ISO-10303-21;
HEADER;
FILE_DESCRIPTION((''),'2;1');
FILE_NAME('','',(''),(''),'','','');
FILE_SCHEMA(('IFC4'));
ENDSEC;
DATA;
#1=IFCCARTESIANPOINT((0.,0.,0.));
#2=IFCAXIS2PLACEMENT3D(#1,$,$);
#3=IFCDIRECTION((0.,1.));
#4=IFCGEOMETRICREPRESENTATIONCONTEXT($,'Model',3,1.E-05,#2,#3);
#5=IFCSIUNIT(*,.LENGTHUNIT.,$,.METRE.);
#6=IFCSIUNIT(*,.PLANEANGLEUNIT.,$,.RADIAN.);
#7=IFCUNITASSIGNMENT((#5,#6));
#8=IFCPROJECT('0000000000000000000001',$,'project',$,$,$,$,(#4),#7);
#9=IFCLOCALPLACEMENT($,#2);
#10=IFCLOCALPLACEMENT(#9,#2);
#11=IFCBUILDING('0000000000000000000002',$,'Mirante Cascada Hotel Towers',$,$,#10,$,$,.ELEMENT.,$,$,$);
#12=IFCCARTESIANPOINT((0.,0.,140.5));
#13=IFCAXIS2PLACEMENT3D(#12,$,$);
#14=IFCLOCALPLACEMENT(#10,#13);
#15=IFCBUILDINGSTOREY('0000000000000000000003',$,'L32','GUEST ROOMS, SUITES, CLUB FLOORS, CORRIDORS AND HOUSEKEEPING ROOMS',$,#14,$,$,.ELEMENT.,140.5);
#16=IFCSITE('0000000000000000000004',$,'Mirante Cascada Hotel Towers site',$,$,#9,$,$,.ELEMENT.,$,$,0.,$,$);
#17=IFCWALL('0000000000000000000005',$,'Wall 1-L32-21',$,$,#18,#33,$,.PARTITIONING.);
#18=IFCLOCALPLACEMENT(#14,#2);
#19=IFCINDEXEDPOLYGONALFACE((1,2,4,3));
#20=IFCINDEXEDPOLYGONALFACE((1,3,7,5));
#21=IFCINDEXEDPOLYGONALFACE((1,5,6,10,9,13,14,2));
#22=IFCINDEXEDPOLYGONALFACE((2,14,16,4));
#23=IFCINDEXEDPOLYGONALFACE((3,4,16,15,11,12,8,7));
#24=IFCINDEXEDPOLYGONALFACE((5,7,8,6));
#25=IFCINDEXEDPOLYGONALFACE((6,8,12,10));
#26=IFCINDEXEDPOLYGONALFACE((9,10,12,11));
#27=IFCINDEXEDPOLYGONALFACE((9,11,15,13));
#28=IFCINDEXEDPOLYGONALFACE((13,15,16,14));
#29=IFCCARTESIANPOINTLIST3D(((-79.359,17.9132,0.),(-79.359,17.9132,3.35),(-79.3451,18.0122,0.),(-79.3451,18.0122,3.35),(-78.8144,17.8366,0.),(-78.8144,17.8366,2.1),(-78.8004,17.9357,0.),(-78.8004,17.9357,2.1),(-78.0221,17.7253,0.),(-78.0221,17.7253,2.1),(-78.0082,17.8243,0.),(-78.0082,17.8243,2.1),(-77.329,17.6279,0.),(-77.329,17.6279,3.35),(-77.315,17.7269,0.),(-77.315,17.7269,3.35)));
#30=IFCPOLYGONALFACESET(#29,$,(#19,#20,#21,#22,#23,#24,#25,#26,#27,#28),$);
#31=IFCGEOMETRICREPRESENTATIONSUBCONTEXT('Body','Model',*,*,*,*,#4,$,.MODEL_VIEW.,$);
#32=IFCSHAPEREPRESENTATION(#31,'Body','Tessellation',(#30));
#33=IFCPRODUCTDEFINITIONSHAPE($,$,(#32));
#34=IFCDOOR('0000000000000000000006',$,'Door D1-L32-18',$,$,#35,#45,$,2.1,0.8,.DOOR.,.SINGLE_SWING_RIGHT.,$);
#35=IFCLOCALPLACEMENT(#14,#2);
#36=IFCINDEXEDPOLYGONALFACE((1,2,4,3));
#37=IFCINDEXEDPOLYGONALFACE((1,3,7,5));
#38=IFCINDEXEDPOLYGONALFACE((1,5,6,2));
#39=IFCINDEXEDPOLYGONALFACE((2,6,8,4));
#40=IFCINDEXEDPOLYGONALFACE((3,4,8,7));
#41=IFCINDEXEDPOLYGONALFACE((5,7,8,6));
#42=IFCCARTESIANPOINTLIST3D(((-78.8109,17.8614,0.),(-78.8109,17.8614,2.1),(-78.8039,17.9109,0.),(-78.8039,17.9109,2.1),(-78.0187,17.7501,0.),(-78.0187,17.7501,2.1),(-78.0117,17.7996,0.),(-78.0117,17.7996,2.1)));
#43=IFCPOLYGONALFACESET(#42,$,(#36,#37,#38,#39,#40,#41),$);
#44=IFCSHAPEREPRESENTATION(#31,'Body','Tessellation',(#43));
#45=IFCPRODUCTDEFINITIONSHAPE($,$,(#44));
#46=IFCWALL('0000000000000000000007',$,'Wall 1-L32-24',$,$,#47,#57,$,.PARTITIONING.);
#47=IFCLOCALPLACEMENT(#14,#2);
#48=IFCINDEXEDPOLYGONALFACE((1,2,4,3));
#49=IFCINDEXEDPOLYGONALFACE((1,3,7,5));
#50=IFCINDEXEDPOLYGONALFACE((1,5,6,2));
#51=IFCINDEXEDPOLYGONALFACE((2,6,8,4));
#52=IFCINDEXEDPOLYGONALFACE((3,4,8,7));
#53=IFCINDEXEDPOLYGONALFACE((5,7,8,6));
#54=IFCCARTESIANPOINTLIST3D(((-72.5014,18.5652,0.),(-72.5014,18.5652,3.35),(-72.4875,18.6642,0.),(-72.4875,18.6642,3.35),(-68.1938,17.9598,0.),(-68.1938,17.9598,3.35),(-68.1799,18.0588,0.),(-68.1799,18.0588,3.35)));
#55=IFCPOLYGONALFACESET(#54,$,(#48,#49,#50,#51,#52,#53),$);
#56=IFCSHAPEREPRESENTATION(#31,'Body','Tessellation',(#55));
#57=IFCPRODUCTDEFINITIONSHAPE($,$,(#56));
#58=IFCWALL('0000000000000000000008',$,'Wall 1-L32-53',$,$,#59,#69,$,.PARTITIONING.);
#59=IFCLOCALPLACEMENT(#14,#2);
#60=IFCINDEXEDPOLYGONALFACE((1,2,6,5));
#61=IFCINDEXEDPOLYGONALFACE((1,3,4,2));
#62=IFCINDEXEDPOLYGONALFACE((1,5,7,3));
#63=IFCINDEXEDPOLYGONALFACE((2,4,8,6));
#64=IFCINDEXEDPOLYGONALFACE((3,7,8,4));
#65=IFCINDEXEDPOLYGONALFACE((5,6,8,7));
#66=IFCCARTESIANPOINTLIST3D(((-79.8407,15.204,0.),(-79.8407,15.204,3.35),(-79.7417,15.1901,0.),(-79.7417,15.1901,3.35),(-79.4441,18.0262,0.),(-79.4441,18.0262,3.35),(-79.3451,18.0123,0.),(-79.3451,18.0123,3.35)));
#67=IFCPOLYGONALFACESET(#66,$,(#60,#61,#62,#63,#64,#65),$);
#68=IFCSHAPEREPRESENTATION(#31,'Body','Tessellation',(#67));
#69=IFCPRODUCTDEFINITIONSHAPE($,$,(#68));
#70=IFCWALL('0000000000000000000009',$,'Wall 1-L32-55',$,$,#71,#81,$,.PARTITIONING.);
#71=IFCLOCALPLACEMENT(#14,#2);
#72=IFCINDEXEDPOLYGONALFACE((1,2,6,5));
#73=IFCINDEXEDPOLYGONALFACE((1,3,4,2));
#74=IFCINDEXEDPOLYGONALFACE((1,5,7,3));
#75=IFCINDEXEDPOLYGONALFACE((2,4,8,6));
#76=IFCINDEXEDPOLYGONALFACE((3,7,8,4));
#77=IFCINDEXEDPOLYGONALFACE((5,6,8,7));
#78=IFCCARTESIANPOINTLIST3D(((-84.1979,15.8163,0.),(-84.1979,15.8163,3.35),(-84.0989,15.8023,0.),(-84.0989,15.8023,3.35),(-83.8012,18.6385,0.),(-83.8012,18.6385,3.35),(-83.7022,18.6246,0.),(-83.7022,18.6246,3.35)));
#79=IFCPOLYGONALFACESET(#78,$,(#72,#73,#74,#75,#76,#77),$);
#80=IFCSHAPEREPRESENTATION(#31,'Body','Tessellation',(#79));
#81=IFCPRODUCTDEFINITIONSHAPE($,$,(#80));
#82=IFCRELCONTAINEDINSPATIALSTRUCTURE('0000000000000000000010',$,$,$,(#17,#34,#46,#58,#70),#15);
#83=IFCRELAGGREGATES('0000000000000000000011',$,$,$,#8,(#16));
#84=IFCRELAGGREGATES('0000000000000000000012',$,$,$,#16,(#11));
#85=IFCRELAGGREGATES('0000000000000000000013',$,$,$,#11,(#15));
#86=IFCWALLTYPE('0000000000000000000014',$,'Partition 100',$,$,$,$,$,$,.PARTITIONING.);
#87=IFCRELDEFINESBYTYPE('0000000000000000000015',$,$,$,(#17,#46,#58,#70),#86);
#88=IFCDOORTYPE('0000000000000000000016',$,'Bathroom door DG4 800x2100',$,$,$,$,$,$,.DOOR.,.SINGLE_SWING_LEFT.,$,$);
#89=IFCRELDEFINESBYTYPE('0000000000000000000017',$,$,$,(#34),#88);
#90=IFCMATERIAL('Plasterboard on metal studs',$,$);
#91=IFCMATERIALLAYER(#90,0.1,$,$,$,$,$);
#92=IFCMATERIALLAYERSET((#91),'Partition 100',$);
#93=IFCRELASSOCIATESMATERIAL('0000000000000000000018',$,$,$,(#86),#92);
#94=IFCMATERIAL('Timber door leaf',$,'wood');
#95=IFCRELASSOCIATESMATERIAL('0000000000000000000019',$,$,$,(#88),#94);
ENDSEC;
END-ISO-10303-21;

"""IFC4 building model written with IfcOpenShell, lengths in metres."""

from ifc_helpers import new_model, si_unit, direction, frame, frame_2d, origin, place, context, subcontext, project, spatial, rectangle, extrude, material, layer, layer_set, type_object, element, fill, save


model = new_model("IFC4")

# Units and contexts
model_context = context("Model", 3, precision=1e-05, world=origin(), true_north=direction((0.0, 1.0)))
body_context = subcontext(model_context, "Body", "Model", "MODEL_VIEW")
ifc_project = project(units=[si_unit("LENGTHUNIT", "METRE"), si_unit("PLANEANGLEUNIT", "RADIAN")], contexts=[model_context])

# Site, building, storey
site_placement = place(None, origin())
site = spatial("IfcSite", under=ifc_project, at=site_placement, Name="Mirante Cascada Hotel Towers site", CompositionType="ELEMENT", RefElevation=0.0)
building_placement = place(site_placement, origin())
building = spatial("IfcBuilding", under=site, at=building_placement, Name="Mirante Cascada Hotel Towers", CompositionType="ELEMENT")
storey_placement = place(building_placement, frame((0.0, 0.0, 140.5)))
storey = spatial("IfcBuildingStorey", under=building, at=storey_placement, Name="L32", Description="GUEST ROOMS, SUITES, CLUB FLOORS, CORRIDORS AND HOUSEKEEPING ROOMS", CompositionType="ELEMENT", Elevation=140.5)

# Wall, opening, door
ifc_material_1 = material(Name="Plasterboard on metal studs")
ifc_layer_1 = layer(ifc_material_1, 0.1)
ifc_layer_set_1 = layer_set([ifc_layer_1], Name="Partition 100")
wall_type_1 = type_object("IfcWallType", Name="Partition 100", PredefinedType="PARTITIONING", material=ifc_layer_set_1)
wall_1_placement = place(storey_placement, frame((-77.322, 17.6774, 0.0), z_axis=(0.0, 0.0, 1.0), x_axis=(-0.990268, 0.139174, 0.0)))
wall_1 = element("IfcWall", 1, at=wall_1_placement, inside=storey, type_object=wall_type_1, Name="Wall 1-L32-21", PredefinedType="PARTITIONING", context=body_context, shape_type="SweptSolid", body=[
    extrude(rectangle(XDim=2.05, YDim=0.1, at=frame_2d((1.025, 0.0))), origin(), (0.0, 0.0, 1.0), 3.35),
])
opening_1_placement = place(wall_1_placement, frame((0.7, 0.0, 0.0)))
opening_1 = element("IfcOpeningElement", 2, at=opening_1_placement, cuts=wall_1, PredefinedType="OPENING", context=body_context, shape_type="SweptSolid", body=[
    extrude(rectangle(XDim=0.8, YDim=2.1, at=frame_2d((0.4, 1.05))), frame((0.0, 0.05, 0.0), z_axis=(0.0, -1.0, 0.0), x_axis=(1.0, 0.0, 0.0)), (0.0, 0.0, 1.0), 0.1),
])
ifc_material_2 = material(Name="Timber door leaf", Category="wood")
door_type_1 = type_object("IfcDoorType", Name="Bathroom door DG4 800x2100", OperationType="SINGLE_SWING_LEFT", PredefinedType="DOOR", material=ifc_material_2)
door_1_placement = place(opening_1_placement, frame((0.8, 0.0, 0.0), z_axis=(0.0, 0.0, 1.0), x_axis=(-1.0, 0.0, 0.0)))
door_1 = element("IfcDoor", 3, at=door_1_placement, inside=storey, type_object=door_type_1, Name="Door D1-L32-18", OperationType="SINGLE_SWING_RIGHT", OverallHeight=2.1, OverallWidth=0.8, PredefinedType="DOOR", context=body_context, shape_type="SweptSolid", body=[
    extrude(rectangle(XDim=0.8, YDim=2.1, at=frame_2d((0.4, 1.05))), frame((0.0, 0.025, 0.0), z_axis=(0.0, -1.0, 0.0), x_axis=(1.0, 0.0, 0.0)), (0.0, 0.0, 1.0), 0.05),
])
fill(opening_1, door_1)

# Walls
wall_2_placement = place(storey_placement, frame((-72.4945, 18.6147, 0.0), z_axis=(0.0, 0.0, 1.0), x_axis=(0.990268, -0.139175, 0.0)))
element("IfcWall", 4, at=wall_2_placement, inside=storey, type_object=wall_type_1, Name="Wall 1-L32-24", PredefinedType="PARTITIONING", context=body_context, shape_type="SweptSolid", body=[
    extrude(rectangle(XDim=4.3499, YDim=0.1, at=frame_2d((2.175, 0.0))), origin(), (0.0, 0.0, 1.0), 3.35),
])
wall_3_placement = place(storey_placement, frame((-79.7912, 15.197, 0.0), z_axis=(0.0, 0.0, 1.0), x_axis=(0.139161, 0.99027, 0.0)))
element("IfcWall", 5, at=wall_3_placement, inside=storey, type_object=wall_type_1, Name="Wall 1-L32-53", PredefinedType="PARTITIONING", context=body_context, shape_type="SweptSolid", body=[
    extrude(rectangle(XDim=2.8499, YDim=0.1, at=frame_2d((1.425, 0.0))), origin(), (0.0, 0.0, 1.0), 3.35),
])
wall_4_placement = place(storey_placement, frame((-84.1484, 15.8093, 0.0), z_axis=(0.0, 0.0, 1.0), x_axis=(0.139191, 0.990266, 0.0)))
element("IfcWall", 6, at=wall_4_placement, inside=storey, type_object=wall_type_1, Name="Wall 1-L32-55", PredefinedType="PARTITIONING", context=body_context, shape_type="SweptSolid", body=[
    extrude(rectangle(XDim=2.85, YDim=0.1, at=frame_2d((1.425, 0.0))), origin(), (0.0, 0.0, 1.0), 3.35),
])

save(model, "model.ifc")
